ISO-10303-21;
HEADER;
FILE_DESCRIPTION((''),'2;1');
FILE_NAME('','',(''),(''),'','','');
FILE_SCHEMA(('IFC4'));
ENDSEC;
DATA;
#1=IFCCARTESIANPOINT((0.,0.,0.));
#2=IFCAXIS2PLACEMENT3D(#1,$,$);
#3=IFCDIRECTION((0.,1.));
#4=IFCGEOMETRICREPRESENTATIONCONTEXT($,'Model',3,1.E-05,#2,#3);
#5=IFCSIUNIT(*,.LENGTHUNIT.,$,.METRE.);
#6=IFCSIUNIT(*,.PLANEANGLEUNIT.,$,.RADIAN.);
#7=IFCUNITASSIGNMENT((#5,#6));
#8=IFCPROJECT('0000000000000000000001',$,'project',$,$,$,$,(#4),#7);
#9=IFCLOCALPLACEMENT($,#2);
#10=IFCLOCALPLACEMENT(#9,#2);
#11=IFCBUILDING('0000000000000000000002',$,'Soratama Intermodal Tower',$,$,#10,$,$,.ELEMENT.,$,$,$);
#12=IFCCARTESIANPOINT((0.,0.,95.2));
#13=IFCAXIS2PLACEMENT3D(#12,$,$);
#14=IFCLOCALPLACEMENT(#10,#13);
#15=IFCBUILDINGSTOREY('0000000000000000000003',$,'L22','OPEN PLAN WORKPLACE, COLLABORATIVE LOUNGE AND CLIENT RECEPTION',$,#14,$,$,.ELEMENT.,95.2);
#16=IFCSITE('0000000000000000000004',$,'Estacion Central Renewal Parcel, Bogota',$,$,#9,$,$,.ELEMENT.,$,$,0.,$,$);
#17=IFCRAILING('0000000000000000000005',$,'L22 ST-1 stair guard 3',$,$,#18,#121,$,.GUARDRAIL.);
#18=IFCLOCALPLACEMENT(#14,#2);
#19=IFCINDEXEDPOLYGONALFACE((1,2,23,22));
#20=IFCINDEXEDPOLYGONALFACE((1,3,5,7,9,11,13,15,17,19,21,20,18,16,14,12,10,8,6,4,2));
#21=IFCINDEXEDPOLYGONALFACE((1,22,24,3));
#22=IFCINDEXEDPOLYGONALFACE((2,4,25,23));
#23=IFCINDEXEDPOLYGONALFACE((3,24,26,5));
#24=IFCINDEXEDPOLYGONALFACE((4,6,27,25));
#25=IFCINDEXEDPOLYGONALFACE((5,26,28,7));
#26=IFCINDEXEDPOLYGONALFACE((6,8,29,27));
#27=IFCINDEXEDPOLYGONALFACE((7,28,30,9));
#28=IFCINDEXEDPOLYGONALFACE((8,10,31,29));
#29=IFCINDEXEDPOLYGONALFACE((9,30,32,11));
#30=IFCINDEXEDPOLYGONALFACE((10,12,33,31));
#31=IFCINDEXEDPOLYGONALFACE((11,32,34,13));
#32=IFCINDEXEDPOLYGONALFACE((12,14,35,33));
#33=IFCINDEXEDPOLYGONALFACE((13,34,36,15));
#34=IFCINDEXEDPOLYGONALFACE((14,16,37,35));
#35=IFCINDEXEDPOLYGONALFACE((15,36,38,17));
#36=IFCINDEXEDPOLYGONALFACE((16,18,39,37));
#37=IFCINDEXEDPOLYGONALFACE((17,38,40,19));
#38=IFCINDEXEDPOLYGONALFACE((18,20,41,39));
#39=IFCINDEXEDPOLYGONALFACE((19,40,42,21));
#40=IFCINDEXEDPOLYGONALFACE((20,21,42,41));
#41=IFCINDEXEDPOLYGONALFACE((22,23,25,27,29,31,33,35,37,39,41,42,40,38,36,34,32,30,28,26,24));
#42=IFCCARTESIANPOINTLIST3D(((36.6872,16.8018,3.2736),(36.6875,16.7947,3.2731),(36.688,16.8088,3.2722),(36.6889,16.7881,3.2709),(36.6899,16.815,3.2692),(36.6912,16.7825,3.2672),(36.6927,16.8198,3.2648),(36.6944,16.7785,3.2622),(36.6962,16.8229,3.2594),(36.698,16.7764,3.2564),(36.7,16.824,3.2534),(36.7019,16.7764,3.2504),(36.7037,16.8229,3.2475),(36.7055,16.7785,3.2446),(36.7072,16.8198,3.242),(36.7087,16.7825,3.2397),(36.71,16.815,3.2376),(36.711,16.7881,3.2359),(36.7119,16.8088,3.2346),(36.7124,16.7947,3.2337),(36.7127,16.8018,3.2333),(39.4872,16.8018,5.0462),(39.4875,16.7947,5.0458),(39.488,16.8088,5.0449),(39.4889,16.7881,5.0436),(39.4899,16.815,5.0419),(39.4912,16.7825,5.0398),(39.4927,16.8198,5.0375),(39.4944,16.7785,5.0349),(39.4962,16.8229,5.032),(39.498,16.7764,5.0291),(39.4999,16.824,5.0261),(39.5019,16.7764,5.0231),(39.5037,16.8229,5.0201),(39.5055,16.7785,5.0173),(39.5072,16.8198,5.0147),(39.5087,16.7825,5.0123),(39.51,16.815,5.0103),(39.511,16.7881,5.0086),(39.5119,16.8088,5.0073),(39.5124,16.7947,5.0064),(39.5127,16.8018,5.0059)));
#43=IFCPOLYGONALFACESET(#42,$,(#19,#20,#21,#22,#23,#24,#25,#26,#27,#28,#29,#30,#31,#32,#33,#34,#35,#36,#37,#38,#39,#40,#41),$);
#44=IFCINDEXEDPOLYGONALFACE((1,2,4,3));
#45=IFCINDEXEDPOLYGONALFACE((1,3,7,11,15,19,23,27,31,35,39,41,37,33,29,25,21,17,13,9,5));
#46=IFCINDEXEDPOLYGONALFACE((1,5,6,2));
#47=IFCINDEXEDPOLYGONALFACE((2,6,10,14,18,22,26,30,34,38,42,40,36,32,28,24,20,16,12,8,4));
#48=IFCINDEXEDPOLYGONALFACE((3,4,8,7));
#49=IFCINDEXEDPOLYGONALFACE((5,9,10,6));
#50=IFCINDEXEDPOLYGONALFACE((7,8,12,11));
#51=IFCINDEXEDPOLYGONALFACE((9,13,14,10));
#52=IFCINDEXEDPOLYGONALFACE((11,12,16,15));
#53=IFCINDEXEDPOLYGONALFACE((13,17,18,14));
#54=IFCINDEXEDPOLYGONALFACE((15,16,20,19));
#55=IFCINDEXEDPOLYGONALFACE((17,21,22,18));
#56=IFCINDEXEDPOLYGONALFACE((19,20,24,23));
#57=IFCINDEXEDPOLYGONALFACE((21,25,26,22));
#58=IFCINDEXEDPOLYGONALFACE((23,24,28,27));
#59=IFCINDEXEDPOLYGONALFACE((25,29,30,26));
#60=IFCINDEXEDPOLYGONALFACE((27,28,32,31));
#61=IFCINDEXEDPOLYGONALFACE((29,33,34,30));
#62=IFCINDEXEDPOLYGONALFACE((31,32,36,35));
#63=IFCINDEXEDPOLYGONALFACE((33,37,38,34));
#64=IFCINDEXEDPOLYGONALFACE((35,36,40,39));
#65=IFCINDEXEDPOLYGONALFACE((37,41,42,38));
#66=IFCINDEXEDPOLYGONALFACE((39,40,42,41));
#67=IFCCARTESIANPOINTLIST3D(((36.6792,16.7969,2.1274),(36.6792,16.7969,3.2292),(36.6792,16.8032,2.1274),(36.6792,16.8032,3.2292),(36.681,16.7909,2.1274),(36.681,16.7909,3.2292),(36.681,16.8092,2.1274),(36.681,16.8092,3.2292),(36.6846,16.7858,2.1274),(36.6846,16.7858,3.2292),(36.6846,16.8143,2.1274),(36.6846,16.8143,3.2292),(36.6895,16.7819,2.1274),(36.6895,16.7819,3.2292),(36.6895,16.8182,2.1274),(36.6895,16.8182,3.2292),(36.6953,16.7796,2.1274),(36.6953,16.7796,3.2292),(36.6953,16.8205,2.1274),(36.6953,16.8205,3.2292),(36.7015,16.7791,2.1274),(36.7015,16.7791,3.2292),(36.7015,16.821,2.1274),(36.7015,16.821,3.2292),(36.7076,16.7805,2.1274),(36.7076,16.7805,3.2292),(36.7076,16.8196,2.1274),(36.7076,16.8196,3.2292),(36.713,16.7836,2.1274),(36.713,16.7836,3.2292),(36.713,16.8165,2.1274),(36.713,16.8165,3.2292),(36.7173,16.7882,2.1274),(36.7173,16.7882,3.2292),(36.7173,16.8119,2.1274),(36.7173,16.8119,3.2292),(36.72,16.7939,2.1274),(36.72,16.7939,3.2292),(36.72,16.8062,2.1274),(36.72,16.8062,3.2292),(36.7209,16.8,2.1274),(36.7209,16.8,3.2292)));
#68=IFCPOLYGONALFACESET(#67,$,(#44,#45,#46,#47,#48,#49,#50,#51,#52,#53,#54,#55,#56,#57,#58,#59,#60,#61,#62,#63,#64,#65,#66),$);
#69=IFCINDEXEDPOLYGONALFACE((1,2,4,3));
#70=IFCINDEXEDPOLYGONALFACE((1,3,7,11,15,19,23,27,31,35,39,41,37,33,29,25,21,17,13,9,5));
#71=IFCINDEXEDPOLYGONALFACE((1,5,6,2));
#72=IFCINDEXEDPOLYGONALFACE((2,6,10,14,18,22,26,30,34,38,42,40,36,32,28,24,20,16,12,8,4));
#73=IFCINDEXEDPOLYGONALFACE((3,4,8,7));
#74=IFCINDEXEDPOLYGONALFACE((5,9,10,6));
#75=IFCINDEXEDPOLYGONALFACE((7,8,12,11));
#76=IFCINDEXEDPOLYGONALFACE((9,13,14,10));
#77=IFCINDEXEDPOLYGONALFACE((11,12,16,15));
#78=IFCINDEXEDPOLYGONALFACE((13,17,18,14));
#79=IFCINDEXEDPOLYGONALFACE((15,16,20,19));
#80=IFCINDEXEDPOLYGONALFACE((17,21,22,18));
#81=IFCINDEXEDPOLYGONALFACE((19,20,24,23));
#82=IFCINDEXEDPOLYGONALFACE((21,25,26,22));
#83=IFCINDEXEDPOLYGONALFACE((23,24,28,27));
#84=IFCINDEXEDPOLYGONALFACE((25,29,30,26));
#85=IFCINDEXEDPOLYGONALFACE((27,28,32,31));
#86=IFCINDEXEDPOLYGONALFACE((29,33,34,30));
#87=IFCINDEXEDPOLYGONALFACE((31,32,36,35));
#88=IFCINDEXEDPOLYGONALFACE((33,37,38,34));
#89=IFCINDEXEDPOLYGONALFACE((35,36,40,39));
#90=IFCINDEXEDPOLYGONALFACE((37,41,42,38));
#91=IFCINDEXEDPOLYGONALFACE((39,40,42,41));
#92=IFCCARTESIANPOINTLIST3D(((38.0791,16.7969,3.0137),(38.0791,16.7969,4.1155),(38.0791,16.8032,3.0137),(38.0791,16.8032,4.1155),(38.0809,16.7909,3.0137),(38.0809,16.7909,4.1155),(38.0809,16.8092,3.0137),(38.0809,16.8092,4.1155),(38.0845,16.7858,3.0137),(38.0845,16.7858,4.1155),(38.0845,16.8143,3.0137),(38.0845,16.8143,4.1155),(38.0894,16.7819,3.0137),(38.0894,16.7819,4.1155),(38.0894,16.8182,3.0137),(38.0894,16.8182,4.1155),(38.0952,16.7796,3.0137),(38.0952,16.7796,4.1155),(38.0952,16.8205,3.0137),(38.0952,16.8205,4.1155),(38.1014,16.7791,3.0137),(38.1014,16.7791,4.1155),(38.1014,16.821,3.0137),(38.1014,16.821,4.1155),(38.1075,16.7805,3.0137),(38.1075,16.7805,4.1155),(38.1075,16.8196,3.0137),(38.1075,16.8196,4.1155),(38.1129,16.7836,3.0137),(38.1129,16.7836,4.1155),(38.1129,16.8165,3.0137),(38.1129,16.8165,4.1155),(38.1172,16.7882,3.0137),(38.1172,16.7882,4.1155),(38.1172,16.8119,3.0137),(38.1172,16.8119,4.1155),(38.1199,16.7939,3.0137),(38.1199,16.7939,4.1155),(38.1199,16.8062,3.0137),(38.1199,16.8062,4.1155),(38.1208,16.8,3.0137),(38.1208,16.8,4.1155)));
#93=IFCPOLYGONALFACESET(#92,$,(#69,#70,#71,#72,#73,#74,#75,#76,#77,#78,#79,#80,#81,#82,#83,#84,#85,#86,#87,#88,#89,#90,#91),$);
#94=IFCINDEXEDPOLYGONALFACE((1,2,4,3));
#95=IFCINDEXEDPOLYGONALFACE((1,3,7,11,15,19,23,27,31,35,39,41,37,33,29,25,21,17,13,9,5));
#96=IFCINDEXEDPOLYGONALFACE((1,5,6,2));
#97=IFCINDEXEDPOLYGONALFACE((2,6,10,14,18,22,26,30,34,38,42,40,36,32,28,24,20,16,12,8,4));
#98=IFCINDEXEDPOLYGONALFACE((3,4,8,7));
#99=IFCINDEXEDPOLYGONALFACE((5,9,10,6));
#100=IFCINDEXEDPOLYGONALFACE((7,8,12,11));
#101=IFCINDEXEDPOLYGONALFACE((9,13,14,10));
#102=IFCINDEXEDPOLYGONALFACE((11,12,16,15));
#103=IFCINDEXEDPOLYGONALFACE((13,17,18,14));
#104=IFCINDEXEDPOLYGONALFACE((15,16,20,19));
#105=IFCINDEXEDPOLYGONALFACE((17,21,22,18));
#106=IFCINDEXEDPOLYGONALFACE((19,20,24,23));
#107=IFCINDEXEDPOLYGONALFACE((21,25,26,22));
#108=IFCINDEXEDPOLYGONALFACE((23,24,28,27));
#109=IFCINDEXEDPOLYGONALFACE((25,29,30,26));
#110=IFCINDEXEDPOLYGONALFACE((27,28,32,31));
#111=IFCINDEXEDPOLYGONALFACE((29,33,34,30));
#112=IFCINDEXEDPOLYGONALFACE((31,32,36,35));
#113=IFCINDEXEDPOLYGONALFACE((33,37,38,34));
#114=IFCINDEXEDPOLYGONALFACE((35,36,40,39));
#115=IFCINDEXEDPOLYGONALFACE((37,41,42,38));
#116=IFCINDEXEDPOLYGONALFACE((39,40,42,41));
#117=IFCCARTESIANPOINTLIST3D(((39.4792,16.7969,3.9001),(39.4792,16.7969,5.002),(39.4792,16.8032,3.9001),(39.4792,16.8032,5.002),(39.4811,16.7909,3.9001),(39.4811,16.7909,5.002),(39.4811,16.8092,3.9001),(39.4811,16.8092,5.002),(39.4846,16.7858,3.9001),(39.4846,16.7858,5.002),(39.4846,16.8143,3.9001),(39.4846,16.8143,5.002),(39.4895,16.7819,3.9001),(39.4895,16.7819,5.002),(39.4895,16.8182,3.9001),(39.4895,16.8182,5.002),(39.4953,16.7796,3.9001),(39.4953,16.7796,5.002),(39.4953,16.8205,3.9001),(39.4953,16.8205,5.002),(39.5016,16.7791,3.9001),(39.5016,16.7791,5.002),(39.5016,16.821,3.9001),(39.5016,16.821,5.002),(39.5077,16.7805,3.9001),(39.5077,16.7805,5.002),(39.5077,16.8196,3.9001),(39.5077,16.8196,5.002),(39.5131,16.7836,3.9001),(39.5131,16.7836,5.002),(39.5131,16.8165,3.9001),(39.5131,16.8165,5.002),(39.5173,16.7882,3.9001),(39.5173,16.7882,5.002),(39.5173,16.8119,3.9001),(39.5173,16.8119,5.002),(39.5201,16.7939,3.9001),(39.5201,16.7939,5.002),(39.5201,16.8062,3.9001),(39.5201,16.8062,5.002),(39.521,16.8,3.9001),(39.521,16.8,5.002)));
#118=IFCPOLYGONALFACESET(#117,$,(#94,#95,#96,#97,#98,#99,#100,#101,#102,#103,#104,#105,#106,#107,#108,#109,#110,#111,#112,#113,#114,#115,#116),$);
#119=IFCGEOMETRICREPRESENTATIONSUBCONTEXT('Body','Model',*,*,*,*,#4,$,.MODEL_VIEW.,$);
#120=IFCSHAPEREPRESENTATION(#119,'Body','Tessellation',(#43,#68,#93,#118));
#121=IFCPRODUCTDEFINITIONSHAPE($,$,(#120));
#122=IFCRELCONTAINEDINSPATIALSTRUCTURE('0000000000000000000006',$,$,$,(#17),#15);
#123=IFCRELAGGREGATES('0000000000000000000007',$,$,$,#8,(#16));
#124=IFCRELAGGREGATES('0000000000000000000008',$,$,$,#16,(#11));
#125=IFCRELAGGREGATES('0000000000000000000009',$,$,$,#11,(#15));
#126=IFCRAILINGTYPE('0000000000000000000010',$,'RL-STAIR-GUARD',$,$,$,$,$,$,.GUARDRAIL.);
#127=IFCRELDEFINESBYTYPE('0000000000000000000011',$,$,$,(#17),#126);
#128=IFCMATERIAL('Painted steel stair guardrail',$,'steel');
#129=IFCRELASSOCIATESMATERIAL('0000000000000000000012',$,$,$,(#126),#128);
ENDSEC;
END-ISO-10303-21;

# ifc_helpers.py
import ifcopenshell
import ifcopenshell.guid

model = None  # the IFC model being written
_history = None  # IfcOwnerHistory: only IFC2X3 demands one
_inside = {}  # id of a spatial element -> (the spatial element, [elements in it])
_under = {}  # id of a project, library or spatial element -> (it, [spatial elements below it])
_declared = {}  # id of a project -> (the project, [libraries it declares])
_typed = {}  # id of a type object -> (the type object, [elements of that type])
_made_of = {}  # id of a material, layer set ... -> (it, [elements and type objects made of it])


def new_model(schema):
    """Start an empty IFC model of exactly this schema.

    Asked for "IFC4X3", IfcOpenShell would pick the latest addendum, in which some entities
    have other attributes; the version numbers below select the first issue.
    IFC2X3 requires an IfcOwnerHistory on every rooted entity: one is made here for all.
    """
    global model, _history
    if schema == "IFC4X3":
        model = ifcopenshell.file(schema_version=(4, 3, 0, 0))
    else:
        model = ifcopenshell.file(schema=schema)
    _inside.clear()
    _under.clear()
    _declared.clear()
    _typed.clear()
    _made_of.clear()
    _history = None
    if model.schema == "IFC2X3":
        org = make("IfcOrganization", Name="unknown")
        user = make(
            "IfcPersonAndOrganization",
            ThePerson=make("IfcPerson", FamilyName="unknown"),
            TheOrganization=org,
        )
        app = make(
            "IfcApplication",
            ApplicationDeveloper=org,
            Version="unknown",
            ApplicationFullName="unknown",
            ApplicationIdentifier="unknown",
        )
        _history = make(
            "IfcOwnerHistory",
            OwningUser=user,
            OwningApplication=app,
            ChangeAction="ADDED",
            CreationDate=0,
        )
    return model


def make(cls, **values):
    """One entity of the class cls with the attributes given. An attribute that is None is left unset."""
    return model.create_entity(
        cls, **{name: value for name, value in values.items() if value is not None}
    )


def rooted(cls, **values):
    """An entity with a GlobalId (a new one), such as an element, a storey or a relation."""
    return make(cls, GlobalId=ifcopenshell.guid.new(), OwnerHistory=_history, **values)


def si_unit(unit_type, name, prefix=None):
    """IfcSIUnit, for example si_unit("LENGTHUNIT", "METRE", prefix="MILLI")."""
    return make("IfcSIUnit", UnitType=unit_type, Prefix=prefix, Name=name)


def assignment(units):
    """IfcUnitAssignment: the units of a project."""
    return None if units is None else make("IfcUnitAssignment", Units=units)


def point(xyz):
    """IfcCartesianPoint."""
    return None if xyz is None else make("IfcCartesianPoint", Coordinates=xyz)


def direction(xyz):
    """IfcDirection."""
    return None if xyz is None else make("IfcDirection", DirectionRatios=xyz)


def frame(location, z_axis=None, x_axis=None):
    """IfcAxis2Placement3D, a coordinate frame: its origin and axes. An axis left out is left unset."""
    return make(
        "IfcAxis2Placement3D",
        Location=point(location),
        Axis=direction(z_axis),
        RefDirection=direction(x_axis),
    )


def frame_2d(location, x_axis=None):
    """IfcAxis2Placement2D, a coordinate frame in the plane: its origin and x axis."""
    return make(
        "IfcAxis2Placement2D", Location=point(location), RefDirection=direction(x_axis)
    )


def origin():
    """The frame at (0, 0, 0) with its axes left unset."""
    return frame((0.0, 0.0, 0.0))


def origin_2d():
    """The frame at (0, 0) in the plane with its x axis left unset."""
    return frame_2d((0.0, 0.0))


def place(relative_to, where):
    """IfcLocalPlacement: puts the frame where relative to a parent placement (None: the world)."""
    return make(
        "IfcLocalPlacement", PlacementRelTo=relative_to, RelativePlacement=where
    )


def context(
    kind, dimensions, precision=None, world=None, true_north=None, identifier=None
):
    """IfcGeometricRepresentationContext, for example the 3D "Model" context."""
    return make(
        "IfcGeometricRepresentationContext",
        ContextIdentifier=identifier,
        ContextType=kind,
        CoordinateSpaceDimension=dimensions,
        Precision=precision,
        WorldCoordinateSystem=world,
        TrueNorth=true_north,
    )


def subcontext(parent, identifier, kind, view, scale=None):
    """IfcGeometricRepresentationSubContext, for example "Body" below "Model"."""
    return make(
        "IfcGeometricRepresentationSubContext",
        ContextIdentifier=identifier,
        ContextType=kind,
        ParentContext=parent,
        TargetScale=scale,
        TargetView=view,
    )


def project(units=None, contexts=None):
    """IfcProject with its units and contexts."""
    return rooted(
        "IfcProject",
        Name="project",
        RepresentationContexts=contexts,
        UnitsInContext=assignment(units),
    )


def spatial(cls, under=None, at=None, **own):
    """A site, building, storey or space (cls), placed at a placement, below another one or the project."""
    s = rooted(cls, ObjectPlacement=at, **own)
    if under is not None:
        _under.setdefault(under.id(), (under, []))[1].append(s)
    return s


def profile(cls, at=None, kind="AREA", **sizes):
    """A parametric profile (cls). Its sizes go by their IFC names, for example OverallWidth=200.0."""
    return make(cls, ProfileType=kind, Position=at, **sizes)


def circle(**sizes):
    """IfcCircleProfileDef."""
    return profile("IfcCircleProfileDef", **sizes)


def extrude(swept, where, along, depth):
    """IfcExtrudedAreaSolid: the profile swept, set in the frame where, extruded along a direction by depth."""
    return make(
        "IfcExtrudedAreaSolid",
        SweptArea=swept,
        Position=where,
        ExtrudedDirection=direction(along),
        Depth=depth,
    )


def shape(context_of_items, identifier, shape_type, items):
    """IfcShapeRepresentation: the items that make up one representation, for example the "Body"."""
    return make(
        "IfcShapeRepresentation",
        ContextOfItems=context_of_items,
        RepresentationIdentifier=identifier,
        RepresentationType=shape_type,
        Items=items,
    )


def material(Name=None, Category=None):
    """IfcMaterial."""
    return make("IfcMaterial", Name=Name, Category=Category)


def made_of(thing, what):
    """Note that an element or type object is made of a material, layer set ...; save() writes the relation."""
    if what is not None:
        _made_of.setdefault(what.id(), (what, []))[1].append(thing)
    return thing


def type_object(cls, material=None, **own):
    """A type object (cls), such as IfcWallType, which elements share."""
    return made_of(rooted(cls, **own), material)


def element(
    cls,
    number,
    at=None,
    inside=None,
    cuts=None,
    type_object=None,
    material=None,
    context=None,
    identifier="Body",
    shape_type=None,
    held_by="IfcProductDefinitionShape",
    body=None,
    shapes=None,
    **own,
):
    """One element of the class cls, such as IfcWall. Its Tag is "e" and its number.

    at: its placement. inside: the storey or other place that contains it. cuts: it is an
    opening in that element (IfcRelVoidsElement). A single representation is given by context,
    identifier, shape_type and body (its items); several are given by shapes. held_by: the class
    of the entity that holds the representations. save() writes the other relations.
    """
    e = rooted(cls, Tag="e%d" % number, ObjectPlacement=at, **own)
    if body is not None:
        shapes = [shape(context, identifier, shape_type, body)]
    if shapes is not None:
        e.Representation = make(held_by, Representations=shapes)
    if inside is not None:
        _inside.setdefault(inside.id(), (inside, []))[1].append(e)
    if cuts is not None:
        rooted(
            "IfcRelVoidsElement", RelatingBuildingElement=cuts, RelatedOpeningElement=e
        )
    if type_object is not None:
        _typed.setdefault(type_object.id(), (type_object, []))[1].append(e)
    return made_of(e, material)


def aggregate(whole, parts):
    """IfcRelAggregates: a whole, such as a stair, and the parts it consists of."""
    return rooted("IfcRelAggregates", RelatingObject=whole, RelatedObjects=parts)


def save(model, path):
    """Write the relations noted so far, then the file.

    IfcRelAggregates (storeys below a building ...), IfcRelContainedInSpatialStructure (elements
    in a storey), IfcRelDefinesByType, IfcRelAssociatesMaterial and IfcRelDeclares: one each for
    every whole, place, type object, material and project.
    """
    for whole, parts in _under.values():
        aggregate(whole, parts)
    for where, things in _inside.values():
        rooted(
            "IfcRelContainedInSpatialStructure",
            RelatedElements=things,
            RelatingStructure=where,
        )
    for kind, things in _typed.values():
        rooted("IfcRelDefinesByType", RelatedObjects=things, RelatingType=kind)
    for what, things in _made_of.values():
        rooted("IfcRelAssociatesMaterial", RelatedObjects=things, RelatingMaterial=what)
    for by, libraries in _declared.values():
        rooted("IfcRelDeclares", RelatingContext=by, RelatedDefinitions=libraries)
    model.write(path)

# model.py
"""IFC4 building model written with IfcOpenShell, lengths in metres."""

from ifc_helpers import new_model, si_unit, direction, frame, origin, origin_2d, place, context, subcontext, project, spatial, circle, extrude, material, type_object, element, save


model = new_model("IFC4")

# Units and contexts
model_context = context("Model", 3, precision=1e-05, world=origin(), true_north=direction((0.0, 1.0)))
body_context = subcontext(model_context, "Body", "Model", "MODEL_VIEW")
ifc_project = project(units=[si_unit("LENGTHUNIT", "METRE"), si_unit("PLANEANGLEUNIT", "RADIAN")], contexts=[model_context])

# Site, building, storey
site_placement = place(None, origin())
site = spatial("IfcSite", under=ifc_project, at=site_placement, Name="Estacion Central Renewal Parcel, Bogota", CompositionType="ELEMENT", RefElevation=0.0)
building_placement = place(site_placement, origin())
building = spatial("IfcBuilding", under=site, at=building_placement, Name="Soratama Intermodal Tower", CompositionType="ELEMENT")
storey_placement = place(building_placement, frame((0.0, 0.0, 95.2)))
storey = spatial("IfcBuildingStorey", under=building, at=storey_placement, Name="L22", Description="OPEN PLAN WORKPLACE, COLLABORATIVE LOUNGE AND CLIENT RECEPTION", CompositionType="ELEMENT", Elevation=95.2)

# Railing
ifc_material_1 = material(Name="Painted steel stair guardrail", Category="steel")
railing_type_1 = type_object("IfcRailingType", Name="RL-STAIR-GUARD", PredefinedType="GUARDRAIL", material=ifc_material_1)
railing_1_placement = place(storey_placement, frame((36.7, 16.8, 2.1274)))
element("IfcRailing", 1, at=railing_1_placement, inside=storey, type_object=railing_type_1, Name="L22 ST-1 stair guard 3", PredefinedType="GUARDRAIL", context=body_context, shape_type="SweptSolid", body=[
    extrude(circle(Radius=0.0239, at=origin_2d()), frame((0.0, 0.0, 1.126), z_axis=(0.844909, 0.0, 0.53491), x_axis=(0.0, 1.0, 0.0)), (0.0, 0.0, 1.0), 3.314),
    extrude(circle(Radius=0.021, at=origin_2d()), origin(), (0.0, 0.0, 1.0), 1.1018),
    extrude(circle(Radius=0.021, at=origin_2d()), frame((1.3999, 0.0, 0.8862)), (0.0, 0.0, 1.0), 1.1018),
    extrude(circle(Radius=0.021, at=origin_2d()), frame((2.8, 0.0, 1.7727)), (0.0, 0.0, 1.0), 1.1018),
])

save(model, "model.ifc")
